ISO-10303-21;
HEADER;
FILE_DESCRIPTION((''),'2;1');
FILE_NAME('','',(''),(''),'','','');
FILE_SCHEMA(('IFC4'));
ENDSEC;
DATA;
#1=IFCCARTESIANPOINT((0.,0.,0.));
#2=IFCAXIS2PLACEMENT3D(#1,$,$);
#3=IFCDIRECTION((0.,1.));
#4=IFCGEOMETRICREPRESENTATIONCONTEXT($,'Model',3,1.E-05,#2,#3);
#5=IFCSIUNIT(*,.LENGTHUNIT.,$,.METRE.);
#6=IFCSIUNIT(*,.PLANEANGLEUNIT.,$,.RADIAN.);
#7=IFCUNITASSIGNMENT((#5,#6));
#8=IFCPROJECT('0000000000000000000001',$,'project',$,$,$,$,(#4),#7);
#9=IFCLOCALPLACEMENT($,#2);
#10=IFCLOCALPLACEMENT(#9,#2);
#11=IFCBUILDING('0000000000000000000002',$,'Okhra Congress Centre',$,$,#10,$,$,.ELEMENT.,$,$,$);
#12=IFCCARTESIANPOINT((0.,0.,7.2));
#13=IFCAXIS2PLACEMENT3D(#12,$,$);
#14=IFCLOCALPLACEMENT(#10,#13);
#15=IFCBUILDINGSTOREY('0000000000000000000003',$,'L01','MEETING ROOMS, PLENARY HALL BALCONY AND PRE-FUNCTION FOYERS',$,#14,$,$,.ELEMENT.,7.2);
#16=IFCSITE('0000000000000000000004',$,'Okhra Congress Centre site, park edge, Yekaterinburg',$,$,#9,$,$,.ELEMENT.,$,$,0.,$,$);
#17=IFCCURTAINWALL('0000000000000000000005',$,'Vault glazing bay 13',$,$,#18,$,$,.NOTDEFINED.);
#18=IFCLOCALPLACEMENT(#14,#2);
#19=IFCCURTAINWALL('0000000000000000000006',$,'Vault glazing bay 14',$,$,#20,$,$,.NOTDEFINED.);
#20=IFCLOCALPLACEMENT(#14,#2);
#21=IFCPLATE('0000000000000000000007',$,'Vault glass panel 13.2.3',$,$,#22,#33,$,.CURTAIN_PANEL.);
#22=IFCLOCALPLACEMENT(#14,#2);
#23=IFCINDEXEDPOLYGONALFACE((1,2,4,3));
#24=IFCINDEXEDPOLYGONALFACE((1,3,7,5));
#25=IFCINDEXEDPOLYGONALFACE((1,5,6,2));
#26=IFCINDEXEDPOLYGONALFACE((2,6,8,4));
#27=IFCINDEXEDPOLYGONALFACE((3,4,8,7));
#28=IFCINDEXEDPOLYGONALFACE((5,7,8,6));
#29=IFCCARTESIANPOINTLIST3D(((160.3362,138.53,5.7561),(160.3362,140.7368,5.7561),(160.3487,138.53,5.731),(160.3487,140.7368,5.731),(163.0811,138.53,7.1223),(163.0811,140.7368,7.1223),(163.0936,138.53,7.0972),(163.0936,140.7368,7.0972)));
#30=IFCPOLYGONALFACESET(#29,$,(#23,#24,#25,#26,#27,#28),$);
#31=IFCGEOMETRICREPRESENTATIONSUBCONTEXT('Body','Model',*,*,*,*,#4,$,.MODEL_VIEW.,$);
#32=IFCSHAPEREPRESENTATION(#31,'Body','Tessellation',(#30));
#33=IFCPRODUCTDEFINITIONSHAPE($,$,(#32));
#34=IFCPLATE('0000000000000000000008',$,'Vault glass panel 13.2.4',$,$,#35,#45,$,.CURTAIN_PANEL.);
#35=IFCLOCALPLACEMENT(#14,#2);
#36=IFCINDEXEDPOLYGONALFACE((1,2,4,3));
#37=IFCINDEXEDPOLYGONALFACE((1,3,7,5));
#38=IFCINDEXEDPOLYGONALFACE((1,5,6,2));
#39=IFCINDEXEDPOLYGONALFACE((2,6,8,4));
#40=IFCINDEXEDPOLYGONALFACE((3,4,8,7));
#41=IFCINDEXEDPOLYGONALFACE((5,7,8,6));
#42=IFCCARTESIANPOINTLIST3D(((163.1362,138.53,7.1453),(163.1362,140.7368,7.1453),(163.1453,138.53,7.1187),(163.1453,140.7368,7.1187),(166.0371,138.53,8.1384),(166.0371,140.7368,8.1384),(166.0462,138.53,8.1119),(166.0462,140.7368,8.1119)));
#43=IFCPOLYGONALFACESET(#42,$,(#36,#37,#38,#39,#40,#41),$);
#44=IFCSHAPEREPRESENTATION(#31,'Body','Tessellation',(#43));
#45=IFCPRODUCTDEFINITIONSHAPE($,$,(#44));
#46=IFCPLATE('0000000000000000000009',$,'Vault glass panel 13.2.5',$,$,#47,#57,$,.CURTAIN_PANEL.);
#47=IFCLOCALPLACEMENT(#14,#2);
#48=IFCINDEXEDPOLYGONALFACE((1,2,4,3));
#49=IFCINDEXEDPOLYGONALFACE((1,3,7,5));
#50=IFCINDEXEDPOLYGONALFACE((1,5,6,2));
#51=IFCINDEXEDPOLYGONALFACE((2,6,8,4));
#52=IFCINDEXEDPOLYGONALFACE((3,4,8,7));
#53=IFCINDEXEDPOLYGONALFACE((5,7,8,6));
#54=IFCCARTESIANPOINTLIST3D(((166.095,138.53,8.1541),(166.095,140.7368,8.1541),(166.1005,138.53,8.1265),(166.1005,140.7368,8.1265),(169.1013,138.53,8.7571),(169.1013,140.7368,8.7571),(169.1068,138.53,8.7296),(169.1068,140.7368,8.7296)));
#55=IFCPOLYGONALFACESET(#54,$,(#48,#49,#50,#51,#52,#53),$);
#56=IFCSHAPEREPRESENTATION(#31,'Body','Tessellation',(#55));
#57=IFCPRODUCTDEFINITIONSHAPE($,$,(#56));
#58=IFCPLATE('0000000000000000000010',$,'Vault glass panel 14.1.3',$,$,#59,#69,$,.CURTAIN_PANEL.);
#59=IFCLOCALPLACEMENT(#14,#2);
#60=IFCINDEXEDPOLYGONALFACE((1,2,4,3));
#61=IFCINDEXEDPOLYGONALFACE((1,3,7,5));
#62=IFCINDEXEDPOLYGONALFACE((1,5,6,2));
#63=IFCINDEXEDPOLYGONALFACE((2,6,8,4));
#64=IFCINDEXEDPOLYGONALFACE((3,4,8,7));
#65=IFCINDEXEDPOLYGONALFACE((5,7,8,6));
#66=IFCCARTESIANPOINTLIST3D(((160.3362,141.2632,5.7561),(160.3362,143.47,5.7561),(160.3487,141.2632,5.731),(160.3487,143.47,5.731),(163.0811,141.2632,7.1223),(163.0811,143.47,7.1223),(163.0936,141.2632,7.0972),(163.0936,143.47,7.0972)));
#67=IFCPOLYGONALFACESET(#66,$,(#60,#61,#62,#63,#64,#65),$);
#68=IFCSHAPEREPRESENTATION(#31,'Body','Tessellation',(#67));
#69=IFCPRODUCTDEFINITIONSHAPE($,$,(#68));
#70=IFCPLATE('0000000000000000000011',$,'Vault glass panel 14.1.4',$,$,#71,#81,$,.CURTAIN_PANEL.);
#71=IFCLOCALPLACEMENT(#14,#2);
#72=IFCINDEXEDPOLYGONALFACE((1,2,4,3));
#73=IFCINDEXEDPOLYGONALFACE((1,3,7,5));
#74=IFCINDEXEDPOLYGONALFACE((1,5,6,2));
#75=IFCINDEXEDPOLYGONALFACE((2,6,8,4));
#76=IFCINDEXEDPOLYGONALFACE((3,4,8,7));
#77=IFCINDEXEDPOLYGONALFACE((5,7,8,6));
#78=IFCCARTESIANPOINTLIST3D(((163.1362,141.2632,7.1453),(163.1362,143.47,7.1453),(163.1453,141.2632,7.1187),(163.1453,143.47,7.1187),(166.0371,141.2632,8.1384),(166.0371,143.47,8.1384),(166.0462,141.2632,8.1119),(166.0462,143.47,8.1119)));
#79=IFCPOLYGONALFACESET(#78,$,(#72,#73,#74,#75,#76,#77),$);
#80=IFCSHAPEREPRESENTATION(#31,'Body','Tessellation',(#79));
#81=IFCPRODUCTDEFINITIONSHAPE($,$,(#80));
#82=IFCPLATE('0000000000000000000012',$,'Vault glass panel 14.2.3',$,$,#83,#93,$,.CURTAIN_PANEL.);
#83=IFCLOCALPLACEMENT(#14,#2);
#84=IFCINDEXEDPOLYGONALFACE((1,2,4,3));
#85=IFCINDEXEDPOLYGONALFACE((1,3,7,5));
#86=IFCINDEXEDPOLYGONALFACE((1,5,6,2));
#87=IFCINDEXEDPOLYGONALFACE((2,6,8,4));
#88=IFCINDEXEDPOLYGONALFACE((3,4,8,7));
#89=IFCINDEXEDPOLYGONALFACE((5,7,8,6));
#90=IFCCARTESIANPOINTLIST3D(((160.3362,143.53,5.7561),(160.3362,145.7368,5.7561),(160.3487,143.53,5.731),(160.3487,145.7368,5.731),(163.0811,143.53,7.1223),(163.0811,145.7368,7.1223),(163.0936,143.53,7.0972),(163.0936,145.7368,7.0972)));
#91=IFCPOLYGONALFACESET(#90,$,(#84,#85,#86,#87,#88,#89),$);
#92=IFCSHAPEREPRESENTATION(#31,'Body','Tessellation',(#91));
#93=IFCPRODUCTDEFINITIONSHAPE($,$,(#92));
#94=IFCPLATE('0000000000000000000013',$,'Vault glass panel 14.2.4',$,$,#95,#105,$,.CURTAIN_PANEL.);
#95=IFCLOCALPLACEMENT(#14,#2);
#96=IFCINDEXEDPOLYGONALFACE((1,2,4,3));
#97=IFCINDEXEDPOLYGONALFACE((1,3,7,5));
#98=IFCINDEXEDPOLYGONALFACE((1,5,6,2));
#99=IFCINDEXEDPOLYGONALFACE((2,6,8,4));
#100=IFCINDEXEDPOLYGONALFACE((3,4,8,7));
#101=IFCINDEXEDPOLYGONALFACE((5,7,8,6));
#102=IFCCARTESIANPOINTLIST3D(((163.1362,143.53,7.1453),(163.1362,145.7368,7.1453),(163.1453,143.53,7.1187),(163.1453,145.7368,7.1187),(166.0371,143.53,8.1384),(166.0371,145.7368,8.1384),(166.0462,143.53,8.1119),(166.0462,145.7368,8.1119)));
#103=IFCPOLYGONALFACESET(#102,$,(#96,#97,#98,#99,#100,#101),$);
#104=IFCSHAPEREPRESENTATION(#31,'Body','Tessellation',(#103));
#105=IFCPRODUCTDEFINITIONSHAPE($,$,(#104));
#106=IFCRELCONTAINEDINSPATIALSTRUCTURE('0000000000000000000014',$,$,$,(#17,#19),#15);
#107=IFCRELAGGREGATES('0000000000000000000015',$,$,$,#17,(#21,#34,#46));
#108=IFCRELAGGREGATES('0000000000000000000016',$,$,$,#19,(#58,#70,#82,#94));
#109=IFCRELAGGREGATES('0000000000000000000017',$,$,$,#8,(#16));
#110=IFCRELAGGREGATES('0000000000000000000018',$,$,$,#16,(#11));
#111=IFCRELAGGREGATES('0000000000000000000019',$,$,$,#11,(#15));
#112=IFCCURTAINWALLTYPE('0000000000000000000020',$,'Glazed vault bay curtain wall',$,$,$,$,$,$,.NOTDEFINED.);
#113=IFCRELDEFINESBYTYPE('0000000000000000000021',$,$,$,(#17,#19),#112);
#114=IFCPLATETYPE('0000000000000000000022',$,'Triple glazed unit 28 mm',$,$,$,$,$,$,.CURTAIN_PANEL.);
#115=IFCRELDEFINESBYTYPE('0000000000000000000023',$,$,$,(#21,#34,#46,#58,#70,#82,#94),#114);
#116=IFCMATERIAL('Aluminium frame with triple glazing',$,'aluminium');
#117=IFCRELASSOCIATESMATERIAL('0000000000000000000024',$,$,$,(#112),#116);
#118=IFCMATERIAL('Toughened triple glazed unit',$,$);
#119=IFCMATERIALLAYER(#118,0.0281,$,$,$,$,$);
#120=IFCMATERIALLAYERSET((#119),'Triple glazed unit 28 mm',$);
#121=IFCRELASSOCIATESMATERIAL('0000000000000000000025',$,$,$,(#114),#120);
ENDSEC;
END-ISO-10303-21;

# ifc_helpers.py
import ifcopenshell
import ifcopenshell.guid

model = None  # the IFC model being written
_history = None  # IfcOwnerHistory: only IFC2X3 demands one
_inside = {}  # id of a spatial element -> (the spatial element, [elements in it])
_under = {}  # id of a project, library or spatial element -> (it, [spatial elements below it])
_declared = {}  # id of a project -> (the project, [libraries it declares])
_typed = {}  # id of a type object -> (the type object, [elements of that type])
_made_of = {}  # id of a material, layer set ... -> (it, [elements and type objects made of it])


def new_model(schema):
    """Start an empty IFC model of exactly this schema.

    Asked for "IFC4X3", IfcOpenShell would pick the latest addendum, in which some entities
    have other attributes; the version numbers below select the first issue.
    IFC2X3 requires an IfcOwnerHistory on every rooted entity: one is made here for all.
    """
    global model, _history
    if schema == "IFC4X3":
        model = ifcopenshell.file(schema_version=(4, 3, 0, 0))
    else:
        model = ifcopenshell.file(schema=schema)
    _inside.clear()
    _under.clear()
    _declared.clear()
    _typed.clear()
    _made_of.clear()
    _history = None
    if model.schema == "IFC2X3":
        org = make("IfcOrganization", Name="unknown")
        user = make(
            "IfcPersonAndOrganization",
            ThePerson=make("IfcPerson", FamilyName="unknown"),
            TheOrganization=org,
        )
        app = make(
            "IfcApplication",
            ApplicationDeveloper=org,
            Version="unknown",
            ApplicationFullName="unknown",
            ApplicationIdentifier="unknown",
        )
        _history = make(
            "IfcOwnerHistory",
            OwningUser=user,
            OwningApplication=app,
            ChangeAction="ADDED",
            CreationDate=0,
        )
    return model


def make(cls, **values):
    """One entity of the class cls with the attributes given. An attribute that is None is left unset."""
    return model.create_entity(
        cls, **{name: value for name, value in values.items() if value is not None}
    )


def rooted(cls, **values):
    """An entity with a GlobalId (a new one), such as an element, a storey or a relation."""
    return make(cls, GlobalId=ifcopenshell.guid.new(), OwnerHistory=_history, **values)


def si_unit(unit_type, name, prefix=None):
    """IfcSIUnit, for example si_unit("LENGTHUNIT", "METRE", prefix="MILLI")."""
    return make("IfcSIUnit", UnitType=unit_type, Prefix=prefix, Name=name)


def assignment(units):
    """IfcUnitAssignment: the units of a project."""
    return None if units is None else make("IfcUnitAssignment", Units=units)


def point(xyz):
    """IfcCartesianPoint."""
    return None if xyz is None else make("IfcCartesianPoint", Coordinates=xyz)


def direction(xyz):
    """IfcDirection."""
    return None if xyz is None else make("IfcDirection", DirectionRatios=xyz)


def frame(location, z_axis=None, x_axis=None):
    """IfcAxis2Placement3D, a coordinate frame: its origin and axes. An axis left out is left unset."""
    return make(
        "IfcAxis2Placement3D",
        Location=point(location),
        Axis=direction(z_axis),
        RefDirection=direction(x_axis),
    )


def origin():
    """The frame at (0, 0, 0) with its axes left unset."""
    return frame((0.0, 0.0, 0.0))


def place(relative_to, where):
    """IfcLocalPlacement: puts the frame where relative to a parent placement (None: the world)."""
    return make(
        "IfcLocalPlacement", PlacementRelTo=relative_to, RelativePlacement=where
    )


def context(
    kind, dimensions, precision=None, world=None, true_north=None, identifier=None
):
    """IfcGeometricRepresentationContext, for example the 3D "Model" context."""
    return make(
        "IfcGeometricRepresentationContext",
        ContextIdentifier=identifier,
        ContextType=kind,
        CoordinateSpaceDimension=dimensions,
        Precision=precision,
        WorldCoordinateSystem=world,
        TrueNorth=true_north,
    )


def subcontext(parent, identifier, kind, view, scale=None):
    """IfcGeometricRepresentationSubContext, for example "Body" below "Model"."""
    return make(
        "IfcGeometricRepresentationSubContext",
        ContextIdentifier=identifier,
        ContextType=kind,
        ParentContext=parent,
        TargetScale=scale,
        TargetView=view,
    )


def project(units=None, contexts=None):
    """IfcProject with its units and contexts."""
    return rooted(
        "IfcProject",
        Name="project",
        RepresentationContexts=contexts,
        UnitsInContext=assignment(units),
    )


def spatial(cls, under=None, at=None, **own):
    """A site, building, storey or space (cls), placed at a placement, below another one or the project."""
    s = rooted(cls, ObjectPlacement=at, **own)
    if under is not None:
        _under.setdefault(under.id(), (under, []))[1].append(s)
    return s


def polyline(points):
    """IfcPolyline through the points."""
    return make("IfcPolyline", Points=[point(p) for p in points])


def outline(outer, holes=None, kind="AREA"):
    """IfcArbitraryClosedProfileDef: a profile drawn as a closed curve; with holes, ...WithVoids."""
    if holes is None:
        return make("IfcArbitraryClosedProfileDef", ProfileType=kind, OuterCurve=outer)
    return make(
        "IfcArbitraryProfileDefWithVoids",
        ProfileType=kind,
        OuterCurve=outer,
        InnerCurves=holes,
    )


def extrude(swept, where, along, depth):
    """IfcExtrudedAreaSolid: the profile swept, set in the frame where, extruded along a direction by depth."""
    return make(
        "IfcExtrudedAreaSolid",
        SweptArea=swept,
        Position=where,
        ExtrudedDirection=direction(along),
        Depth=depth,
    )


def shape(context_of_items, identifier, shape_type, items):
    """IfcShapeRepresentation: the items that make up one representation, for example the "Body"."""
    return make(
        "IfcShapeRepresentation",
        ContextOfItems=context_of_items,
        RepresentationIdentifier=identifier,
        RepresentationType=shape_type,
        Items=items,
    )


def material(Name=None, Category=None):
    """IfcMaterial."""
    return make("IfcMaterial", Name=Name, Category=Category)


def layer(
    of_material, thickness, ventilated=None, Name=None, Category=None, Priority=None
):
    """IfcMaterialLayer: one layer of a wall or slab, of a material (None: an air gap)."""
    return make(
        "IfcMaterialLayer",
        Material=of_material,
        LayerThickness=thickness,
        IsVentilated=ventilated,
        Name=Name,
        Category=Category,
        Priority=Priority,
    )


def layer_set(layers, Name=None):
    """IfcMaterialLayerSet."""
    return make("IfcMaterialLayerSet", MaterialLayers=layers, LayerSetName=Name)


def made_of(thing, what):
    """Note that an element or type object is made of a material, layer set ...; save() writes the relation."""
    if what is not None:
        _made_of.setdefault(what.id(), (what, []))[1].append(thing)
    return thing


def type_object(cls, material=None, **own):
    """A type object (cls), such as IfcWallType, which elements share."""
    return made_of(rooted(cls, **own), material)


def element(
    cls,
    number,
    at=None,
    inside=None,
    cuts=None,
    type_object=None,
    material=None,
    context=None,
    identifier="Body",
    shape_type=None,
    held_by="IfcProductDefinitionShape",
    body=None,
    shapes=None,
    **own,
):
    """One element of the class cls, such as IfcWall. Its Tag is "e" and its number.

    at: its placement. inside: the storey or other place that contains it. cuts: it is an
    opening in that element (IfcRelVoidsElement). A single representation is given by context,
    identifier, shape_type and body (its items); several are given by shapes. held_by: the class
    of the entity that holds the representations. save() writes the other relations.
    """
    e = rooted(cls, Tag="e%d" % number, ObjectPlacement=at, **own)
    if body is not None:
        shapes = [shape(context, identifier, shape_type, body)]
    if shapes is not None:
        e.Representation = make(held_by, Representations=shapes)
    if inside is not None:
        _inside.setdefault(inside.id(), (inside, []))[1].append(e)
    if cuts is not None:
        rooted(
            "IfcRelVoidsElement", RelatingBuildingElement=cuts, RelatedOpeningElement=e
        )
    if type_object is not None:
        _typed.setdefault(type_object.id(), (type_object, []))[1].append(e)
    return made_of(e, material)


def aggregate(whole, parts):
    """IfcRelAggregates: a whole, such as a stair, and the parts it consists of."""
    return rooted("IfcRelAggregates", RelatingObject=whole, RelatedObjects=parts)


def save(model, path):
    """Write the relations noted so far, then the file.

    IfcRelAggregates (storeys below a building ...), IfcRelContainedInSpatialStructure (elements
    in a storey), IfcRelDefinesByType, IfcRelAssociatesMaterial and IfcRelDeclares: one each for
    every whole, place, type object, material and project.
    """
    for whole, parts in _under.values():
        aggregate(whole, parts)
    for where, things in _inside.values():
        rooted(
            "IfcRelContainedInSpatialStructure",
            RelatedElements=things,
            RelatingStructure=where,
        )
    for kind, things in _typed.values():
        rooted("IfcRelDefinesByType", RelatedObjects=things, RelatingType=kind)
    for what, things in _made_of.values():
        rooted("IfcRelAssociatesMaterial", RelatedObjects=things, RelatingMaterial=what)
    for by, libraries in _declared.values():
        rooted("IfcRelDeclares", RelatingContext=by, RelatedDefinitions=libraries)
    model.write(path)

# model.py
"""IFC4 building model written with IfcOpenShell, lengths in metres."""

from ifc_helpers import new_model, si_unit, direction, frame, origin, place, context, subcontext, project, spatial, polyline, outline, extrude, material, layer, layer_set, type_object, element, aggregate, save


model = new_model("IFC4")

# Units and contexts
model_context = context("Model", 3, precision=1e-05, world=origin(), true_north=direction((0.0, 1.0)))
body_context = subcontext(model_context, "Body", "Model", "MODEL_VIEW")
ifc_project = project(units=[si_unit("LENGTHUNIT", "METRE"), si_unit("PLANEANGLEUNIT", "RADIAN")], contexts=[model_context])

# Site, building, storey
site_placement = place(None, origin())
site = spatial("IfcSite", under=ifc_project, at=site_placement, Name="Okhra Congress Centre site, park edge, Yekaterinburg", CompositionType="ELEMENT", RefElevation=0.0)
building_placement = place(site_placement, origin())
building = spatial("IfcBuilding", under=site, at=building_placement, Name="Okhra Congress Centre", CompositionType="ELEMENT")
storey_placement = place(building_placement, frame((0.0, 0.0, 7.2)))
storey = spatial("IfcBuildingStorey", under=building, at=storey_placement, Name="L01", Description="MEETING ROOMS, PLENARY HALL BALCONY AND PRE-FUNCTION FOYERS", CompositionType="ELEMENT", Elevation=7.2)

# Curtain walls
ifc_material_1 = material(Name="Aluminium frame with triple glazing", Category="aluminium")
curtain_wall_type = type_object("IfcCurtainWallType", Name="Glazed vault bay curtain wall", PredefinedType="NOTDEFINED", material=ifc_material_1)
curtain_wall_1_placement = place(storey_placement, origin())
curtain_wall_1 = element("IfcCurtainWall", 1, at=curtain_wall_1_placement, inside=storey, type_object=curtain_wall_type, Name="Vault glazing bay 13", PredefinedType="NOTDEFINED")
curtain_wall_2_placement = place(storey_placement, origin())
curtain_wall_2 = element("IfcCurtainWall", 2, at=curtain_wall_2_placement, inside=storey, type_object=curtain_wall_type, Name="Vault glazing bay 14", PredefinedType="NOTDEFINED")

# Plates
ifc_material_2 = material(Name="Toughened triple glazed unit")
ifc_layer = layer(ifc_material_2, 0.0281)
ifc_layer_set = layer_set([ifc_layer], Name="Triple glazed unit 28 mm")
plate_type = type_object("IfcPlateType", Name="Triple glazed unit 28 mm", PredefinedType="CURTAIN_PANEL", material=ifc_layer_set)
plate_1_placement = place(storey_placement, frame((160.3362, 138.53, 5.7561), z_axis=(-0.445588, 0.0, 0.895238), x_axis=(0.895238, 0.0, 0.445588)))
plate_1 = element("IfcPlate", 3, at=plate_1_placement, type_object=plate_type, Name="Vault glass panel 13.2.3", PredefinedType="CURTAIN_PANEL", context=body_context, shape_type="SweptSolid", body=[
    extrude(outline(polyline([(0.0, 0.0), (3.0661, 0.0), (3.0661, 2.2068), (0.0, 2.2068), (0.0, 0.0)])), origin(), (0.0, 0.0, -1.0), 0.0281),
])
plate_2_placement = place(storey_placement, frame((163.1362, 138.53, 7.1453), z_axis=(-0.323909, 0.0, 0.946088), x_axis=(0.946088, 0.0, 0.323909)))
plate_2 = element("IfcPlate", 4, at=plate_2_placement, type_object=plate_type, Name="Vault glass panel 13.2.4", PredefinedType="CURTAIN_PANEL", context=body_context, shape_type="SweptSolid", body=[
    extrude(outline(polyline([(0.0, 0.0), (3.0662, 0.0), (3.0662, 2.2068), (0.0, 2.2068), (0.0, 0.0)])), origin(), (0.0, 0.0, -1.0), 0.0281),
])
plate_3_placement = place(storey_placement, frame((166.095, 138.53, 8.1541), z_axis=(-0.196667, 0.0, 0.98047), x_axis=(0.98047, 0.0, 0.196667)))
plate_3 = element("IfcPlate", 5, at=plate_3_placement, type_object=plate_type, Name="Vault glass panel 13.2.5", PredefinedType="CURTAIN_PANEL", context=body_context, shape_type="SweptSolid", body=[
    extrude(outline(polyline([(0.0, 0.0), (3.0662, 0.0), (3.0662, 2.2068), (0.0, 2.2068), (0.0, 0.0)])), origin(), (0.0, 0.0, -1.0), 0.0281),
])
aggregate(curtain_wall_1, [plate_1, plate_2, plate_3])
plate_4_placement = place(storey_placement, frame((160.3362, 141.2632, 5.7561), z_axis=(-0.445588, 0.0, 0.895238), x_axis=(0.895238, 0.0, 0.445588)))
plate_4 = element("IfcPlate", 6, at=plate_4_placement, type_object=plate_type, Name="Vault glass panel 14.1.3", PredefinedType="CURTAIN_PANEL", context=body_context, shape_type="SweptSolid", body=[
    extrude(outline(polyline([(0.0, 0.0), (3.0661, 0.0), (3.0661, 2.2068), (0.0, 2.2068), (0.0, 0.0)])), origin(), (0.0, 0.0, -1.0), 0.0281),
])
plate_5_placement = place(storey_placement, frame((163.1362, 141.2632, 7.1453), z_axis=(-0.323909, 0.0, 0.946088), x_axis=(0.946088, 0.0, 0.323909)))
plate_5 = element("IfcPlate", 7, at=plate_5_placement, type_object=plate_type, Name="Vault glass panel 14.1.4", PredefinedType="CURTAIN_PANEL", context=body_context, shape_type="SweptSolid", body=[
    extrude(outline(polyline([(0.0, 0.0), (3.0662, 0.0), (3.0662, 2.2068), (0.0, 2.2068), (0.0, 0.0)])), origin(), (0.0, 0.0, -1.0), 0.0281),
])
plate_6_placement = place(storey_placement, frame((160.3362, 143.53, 5.7561), z_axis=(-0.445588, 0.0, 0.895238), x_axis=(0.895238, 0.0, 0.445588)))
plate_6 = element("IfcPlate", 8, at=plate_6_placement, type_object=plate_type, Name="Vault glass panel 14.2.3", PredefinedType="CURTAIN_PANEL", context=body_context, shape_type="SweptSolid", body=[
    extrude(outline(polyline([(0.0, 0.0), (3.0661, 0.0), (3.0661, 2.2068), (0.0, 2.2068), (0.0, 0.0)])), origin(), (0.0, 0.0, -1.0), 0.0281),
])
plate_7_placement = place(storey_placement, frame((163.1362, 143.53, 7.1453), z_axis=(-0.323909, 0.0, 0.946088), x_axis=(0.946088, 0.0, 0.323909)))
plate_7 = element("IfcPlate", 9, at=plate_7_placement, type_object=plate_type, Name="Vault glass panel 14.2.4", PredefinedType="CURTAIN_PANEL", context=body_context, shape_type="SweptSolid", body=[
    extrude(outline(polyline([(0.0, 0.0), (3.0662, 0.0), (3.0662, 2.2068), (0.0, 2.2068), (0.0, 0.0)])), origin(), (0.0, 0.0, -1.0), 0.0281),
])
aggregate(curtain_wall_2, [plate_4, plate_5, plate_6, plate_7])

save(model, "model.ifc")
